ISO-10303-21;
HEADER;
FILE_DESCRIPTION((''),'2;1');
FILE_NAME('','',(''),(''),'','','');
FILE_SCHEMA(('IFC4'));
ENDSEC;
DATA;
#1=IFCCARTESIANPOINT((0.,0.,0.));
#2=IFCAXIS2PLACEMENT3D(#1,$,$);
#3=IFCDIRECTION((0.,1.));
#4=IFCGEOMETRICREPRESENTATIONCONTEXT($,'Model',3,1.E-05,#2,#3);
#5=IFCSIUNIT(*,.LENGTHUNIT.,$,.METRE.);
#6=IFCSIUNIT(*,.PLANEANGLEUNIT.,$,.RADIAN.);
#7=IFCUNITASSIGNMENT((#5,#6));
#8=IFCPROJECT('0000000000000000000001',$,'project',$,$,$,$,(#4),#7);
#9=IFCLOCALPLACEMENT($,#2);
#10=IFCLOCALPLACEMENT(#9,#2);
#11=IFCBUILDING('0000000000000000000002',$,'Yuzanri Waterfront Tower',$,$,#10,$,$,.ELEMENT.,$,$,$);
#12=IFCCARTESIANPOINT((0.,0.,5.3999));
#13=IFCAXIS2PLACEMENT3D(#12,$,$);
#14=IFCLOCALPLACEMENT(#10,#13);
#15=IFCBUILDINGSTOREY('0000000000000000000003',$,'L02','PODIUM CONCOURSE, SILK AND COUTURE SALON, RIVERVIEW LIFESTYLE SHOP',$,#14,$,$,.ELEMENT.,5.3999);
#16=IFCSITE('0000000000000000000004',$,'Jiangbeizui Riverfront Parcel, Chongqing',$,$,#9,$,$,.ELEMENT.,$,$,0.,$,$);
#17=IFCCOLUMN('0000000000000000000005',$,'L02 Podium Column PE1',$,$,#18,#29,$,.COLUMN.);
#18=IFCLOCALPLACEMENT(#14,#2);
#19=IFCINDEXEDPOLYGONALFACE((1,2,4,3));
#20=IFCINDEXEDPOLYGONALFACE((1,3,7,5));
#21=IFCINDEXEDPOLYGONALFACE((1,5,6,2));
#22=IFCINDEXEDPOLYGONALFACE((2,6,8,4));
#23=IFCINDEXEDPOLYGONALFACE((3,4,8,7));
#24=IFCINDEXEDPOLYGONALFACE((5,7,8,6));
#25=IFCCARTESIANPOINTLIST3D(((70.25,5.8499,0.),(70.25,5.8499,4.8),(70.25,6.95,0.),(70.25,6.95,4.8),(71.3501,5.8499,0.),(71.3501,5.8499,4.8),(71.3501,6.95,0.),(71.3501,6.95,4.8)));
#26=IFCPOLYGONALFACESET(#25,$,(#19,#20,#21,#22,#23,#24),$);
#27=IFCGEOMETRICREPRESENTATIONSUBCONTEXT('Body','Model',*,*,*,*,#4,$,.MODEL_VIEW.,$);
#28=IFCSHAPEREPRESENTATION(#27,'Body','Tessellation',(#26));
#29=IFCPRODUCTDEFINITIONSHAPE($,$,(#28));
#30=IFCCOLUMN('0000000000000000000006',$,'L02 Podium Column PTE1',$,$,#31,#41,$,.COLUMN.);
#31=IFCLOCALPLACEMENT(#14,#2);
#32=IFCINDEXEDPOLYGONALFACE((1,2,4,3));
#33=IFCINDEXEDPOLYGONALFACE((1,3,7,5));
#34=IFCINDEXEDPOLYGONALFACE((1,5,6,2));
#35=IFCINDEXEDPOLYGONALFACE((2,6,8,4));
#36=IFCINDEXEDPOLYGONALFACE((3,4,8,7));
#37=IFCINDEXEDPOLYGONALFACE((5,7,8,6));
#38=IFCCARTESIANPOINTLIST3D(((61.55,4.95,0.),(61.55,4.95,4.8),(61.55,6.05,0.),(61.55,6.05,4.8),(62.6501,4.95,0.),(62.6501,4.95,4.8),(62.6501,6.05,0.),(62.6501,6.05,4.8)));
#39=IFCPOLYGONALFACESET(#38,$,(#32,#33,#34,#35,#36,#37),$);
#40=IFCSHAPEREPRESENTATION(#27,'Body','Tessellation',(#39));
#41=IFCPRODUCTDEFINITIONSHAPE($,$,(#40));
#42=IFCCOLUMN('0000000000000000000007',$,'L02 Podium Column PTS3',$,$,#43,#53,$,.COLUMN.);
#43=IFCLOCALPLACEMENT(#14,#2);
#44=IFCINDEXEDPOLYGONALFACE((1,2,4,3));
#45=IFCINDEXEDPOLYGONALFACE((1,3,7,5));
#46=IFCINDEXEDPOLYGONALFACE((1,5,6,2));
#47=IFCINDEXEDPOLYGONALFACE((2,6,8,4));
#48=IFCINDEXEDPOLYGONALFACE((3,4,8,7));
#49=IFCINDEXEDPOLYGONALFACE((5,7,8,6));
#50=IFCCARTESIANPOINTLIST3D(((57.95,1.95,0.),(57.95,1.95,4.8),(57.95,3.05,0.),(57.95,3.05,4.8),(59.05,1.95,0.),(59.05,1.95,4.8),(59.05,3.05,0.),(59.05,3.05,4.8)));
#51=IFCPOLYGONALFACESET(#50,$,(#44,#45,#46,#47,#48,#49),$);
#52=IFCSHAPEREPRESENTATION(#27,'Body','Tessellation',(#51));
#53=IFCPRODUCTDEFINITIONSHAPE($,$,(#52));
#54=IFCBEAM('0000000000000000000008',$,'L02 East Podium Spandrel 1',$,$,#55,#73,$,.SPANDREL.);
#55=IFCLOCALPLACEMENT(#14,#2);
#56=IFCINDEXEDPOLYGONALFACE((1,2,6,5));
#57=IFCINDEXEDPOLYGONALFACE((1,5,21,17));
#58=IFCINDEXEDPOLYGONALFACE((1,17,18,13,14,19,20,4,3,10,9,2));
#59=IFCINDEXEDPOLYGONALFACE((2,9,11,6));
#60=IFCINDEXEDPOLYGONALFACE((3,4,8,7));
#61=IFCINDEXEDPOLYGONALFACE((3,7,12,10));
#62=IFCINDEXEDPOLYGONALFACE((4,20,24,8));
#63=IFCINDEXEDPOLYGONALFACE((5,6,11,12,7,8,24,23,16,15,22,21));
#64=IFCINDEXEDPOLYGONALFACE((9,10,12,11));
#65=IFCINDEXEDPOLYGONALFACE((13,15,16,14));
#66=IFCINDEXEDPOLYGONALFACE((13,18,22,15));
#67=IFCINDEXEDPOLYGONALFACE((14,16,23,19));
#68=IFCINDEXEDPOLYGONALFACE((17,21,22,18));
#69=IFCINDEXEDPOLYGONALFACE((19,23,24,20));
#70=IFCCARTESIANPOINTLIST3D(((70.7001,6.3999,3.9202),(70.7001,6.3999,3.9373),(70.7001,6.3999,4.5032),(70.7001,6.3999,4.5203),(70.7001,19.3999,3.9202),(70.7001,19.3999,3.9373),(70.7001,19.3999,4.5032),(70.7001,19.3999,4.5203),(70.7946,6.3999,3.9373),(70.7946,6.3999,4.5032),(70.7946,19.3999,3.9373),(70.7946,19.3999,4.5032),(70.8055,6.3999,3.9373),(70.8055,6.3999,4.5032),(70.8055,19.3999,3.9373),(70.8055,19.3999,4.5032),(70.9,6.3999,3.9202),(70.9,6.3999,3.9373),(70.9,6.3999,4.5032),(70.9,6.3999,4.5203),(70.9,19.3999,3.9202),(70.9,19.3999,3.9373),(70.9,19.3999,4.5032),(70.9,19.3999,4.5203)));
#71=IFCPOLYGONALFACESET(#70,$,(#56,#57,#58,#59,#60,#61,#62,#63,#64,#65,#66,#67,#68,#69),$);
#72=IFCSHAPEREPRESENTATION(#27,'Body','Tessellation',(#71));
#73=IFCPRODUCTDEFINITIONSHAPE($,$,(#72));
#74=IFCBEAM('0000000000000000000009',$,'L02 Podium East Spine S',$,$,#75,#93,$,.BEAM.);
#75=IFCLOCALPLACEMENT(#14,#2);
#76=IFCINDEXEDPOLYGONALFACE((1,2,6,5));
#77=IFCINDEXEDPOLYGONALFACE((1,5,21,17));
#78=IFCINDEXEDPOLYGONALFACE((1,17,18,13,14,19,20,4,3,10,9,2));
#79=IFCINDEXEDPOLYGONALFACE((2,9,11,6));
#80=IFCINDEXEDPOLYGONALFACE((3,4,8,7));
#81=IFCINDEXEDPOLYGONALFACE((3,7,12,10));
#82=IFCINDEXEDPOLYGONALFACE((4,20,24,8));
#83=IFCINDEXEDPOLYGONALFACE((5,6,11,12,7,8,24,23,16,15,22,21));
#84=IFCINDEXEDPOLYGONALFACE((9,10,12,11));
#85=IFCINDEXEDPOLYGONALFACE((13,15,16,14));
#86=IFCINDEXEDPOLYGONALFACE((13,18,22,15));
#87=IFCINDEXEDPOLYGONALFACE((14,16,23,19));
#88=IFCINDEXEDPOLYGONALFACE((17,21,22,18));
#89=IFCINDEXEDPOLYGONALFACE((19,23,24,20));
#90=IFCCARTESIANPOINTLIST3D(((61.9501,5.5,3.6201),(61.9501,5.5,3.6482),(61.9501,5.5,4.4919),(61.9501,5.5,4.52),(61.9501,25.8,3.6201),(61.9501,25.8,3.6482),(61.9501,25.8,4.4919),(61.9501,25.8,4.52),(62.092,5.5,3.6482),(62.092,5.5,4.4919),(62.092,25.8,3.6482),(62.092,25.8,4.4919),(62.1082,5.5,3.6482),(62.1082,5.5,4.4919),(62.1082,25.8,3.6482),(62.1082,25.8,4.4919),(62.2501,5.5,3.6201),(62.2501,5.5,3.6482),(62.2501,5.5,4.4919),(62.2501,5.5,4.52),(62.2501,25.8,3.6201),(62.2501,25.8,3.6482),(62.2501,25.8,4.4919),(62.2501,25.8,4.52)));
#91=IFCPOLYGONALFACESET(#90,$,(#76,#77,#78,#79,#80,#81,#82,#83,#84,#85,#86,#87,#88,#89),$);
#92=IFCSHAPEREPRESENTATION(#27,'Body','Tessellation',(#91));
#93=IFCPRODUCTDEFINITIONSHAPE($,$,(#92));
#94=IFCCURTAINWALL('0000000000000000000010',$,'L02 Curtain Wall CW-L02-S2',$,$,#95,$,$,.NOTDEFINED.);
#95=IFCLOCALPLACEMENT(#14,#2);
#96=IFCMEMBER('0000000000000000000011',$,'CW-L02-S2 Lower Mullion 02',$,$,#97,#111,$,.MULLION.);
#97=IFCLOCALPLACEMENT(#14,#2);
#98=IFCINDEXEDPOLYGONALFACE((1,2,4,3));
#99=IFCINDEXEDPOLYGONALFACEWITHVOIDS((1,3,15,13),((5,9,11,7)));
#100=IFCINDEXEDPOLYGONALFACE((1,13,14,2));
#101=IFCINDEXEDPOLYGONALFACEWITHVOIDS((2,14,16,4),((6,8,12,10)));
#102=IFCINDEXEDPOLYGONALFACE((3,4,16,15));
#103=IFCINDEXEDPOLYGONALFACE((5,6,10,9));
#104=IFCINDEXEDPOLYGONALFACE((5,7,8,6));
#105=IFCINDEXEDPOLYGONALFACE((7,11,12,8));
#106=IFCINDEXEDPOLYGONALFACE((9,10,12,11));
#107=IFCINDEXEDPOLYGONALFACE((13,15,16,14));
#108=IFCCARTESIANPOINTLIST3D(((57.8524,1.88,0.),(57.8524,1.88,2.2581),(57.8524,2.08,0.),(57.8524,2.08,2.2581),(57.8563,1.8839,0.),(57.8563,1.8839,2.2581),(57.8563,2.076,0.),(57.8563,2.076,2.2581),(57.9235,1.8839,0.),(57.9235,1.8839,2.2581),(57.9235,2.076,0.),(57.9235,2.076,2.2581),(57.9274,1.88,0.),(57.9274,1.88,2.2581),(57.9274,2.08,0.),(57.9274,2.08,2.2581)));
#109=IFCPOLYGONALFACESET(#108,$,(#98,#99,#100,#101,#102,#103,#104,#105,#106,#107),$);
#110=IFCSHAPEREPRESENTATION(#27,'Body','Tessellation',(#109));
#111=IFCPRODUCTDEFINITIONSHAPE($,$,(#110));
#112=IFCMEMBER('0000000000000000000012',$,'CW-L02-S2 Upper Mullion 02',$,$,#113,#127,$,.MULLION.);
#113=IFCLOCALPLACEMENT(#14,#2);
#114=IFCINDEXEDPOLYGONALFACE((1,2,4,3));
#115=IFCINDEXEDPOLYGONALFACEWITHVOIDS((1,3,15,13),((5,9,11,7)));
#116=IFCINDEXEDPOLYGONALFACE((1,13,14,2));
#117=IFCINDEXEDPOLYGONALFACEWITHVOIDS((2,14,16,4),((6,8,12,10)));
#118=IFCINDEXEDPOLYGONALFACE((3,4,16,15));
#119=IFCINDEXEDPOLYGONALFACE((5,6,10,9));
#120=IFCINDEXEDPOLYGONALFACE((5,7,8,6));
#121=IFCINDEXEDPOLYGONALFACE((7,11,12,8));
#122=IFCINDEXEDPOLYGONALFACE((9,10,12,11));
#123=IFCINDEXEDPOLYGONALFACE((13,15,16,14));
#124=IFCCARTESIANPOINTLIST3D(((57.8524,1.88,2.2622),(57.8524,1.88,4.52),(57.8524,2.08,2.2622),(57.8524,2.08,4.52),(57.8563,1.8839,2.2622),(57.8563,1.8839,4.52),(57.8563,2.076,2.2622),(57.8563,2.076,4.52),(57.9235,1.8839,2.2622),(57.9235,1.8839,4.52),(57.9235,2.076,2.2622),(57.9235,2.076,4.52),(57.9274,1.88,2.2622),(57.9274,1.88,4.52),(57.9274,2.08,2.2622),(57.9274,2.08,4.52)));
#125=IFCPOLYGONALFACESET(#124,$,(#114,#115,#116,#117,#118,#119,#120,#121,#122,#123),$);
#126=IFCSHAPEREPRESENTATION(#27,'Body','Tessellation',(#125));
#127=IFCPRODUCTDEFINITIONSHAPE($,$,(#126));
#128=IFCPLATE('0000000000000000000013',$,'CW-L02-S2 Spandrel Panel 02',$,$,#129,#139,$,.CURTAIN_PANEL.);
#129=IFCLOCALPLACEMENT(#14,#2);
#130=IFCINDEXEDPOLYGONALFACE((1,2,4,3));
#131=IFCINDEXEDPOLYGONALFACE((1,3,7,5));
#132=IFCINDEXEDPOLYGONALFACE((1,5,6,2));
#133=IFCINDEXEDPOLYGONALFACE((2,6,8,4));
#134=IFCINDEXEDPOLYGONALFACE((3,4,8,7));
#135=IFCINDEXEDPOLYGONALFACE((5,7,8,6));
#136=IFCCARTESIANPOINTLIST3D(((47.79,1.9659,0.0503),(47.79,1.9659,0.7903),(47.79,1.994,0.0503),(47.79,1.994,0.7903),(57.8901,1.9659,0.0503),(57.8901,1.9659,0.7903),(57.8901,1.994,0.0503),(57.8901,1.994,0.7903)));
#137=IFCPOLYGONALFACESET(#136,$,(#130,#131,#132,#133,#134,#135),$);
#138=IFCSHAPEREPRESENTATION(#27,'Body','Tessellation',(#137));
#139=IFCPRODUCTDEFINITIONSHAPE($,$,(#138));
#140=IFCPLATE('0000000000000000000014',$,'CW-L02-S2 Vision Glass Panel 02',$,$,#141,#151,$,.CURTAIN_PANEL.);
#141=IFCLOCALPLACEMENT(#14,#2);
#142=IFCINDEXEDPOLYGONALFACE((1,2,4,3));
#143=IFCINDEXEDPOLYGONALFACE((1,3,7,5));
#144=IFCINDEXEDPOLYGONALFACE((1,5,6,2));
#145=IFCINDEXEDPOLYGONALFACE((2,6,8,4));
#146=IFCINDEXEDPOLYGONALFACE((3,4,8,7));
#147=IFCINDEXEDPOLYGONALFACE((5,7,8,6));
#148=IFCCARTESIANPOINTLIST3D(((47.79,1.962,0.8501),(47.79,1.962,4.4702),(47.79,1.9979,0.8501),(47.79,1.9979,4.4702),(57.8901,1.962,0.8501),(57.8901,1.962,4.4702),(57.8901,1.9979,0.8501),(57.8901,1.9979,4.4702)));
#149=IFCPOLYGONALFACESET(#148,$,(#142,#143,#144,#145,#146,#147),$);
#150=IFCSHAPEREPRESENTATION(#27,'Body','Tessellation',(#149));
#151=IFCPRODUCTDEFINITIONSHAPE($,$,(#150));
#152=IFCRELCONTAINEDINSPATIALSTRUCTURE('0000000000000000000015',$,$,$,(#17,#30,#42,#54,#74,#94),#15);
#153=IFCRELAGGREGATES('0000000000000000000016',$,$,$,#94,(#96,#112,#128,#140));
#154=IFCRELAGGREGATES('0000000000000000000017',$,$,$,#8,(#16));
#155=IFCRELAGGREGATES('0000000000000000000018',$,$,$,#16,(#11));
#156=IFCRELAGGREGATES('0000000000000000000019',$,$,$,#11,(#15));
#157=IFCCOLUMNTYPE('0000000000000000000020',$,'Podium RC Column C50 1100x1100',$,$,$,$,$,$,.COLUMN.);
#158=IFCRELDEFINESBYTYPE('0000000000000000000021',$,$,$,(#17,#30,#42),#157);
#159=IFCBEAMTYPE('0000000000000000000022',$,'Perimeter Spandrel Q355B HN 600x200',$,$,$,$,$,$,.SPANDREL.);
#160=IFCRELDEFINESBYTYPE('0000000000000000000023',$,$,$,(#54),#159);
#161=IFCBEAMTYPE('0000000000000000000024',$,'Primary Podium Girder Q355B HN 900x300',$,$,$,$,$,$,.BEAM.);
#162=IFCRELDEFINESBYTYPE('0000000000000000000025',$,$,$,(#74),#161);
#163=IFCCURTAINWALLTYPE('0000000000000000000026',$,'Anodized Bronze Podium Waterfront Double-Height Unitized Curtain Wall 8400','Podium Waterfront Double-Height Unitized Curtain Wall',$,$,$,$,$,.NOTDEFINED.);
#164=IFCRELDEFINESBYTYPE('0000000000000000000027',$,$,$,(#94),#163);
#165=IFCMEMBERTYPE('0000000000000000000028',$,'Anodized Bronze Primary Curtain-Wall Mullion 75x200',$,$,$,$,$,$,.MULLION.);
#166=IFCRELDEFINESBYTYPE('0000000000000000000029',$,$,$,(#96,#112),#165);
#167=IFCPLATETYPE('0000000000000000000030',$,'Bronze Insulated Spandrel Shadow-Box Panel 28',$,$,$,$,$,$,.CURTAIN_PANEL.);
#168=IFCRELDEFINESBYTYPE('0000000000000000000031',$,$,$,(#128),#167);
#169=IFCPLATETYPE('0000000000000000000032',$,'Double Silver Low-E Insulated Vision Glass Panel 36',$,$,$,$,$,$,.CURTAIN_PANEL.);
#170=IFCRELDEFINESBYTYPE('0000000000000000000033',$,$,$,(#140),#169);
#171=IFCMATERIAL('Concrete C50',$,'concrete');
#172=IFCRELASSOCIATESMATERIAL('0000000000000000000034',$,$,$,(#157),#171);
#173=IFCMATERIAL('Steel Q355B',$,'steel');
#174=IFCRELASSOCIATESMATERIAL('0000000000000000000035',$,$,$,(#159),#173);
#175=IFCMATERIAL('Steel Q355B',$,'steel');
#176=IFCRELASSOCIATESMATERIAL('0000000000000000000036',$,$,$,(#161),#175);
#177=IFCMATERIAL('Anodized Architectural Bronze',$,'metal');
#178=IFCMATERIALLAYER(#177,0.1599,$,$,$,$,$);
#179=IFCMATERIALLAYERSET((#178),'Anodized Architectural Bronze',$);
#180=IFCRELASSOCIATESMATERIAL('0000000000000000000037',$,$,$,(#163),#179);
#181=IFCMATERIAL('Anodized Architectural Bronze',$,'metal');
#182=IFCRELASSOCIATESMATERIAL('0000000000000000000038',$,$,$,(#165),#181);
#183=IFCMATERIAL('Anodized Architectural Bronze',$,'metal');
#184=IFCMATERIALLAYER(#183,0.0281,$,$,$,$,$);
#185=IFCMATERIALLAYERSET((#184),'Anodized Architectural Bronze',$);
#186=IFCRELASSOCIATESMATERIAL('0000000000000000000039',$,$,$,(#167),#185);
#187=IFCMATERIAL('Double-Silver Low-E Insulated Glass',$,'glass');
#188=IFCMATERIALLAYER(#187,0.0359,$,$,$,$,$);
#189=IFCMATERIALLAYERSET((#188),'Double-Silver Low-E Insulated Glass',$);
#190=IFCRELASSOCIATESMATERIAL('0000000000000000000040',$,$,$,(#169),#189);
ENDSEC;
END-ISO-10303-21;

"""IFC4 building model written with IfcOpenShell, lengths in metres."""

from ifc_helpers import new_model, si_unit, direction, frame, origin, origin_2d, place, context, subcontext, project, spatial, rectangle, hollow_rectangle, i_section, extrude, source, transform, mapped, material, layer, layer_set, material_profile, profile_set, type_object, element, aggregate, save


model = new_model("IFC4")

# Units and contexts
model_context = context("Model", 3, precision=1e-05, world=origin(), true_north=direction((0.0, 1.0)))
body_context = subcontext(model_context, "Body", "Model", "MODEL_VIEW")
ifc_project = project(units=[si_unit("LENGTHUNIT", "METRE"), si_unit("PLANEANGLEUNIT", "RADIAN")], contexts=[model_context])

# Site, building, storey
site_placement = place(None, origin())
site = spatial("IfcSite", under=ifc_project, at=site_placement, Name="Jiangbeizui Riverfront Parcel, Chongqing", CompositionType="ELEMENT", RefElevation=0.0)
building_placement = place(site_placement, origin())
building = spatial("IfcBuilding", under=site, at=building_placement, Name="Yuzanri Waterfront Tower", CompositionType="ELEMENT")
storey_placement = place(building_placement, frame((0.0, 0.0, 5.3999)))
storey = spatial("IfcBuildingStorey", under=building, at=storey_placement, Name="L02", Description="PODIUM CONCOURSE, SILK AND COUTURE SALON, RIVERVIEW LIFESTYLE SHOP", CompositionType="ELEMENT", Elevation=5.3999)

# Columns
ifc_material_1 = material(Name="Concrete C50", Category="concrete")
ifc_material_profile_1 = material_profile(ifc_material_1, rectangle(XDim=1.1001, YDim=1.1001, at=origin_2d()), Name="RC 1100x1100")
ifc_profile_set_1 = profile_set([ifc_material_profile_1], Name="Concrete C50")
column_type = type_object("IfcColumnType", Name="Podium RC Column C50 1100x1100", PredefinedType="COLUMN", material=ifc_profile_set_1)
shared_shape_1 = source(origin(), body_context, "Body", "SweptSolid", [
    extrude(rectangle(XDim=1.1001, YDim=1.1001, at=origin_2d()), origin(), (0.0, 0.0, 1.0), 4.8),
])
for number, where, z_axis, x_axis, name in (
    (1, (70.8, 6.3999, 0.0), (0.0, 0.0, 1.0), (1.0, 0.0, 0.0), "L02 Podium Column PE1"),
    (2, (62.1001, 5.5, 0.0), (0.0, 0.0, 1.0), (1.0, 0.0, 0.0), "L02 Podium Column PTE1"),
    (3, (58.5, 2.5, 0.0), (0.0, 0.0, 1.0), (1.0, 0.0, 0.0), "L02 Podium Column PTS3"),
):
    element("IfcColumn", number, at=place(storey_placement, frame(where, z_axis=z_axis, x_axis=x_axis)), inside=storey, type_object=column_type, Name=name, PredefinedType="COLUMN", context=body_context, shape_type="MappedRepresentation", body=[
        mapped(shared_shape_1, transform((0.0, 0.0, 0.0), scale=1.0)),
    ])

# Beams
ifc_material_2 = material(Name="Steel Q355B", Category="steel")
ifc_material_profile_2 = material_profile(ifc_material_2, i_section(OverallWidth=0.2, OverallDepth=0.6001, WebThickness=0.011, FlangeThickness=0.0171, at=origin_2d()), Name="HN 600x200x11x17")
ifc_profile_set_2 = profile_set([ifc_material_profile_2], Name="Steel Q355B")
beam_type_1 = type_object("IfcBeamType", Name="Perimeter Spandrel Q355B HN 600x200", PredefinedType="SPANDREL", material=ifc_profile_set_2)
shared_shape_2 = source(origin(), body_context, "Body", "SweptSolid", [
    extrude(i_section(OverallWidth=0.2, OverallDepth=0.6001, WebThickness=0.011, FlangeThickness=0.0171, at=origin_2d()), origin(), (0.0, 0.0, 1.0), 13.0),
])
beam_1_placement = place(storey_placement, frame((70.8, 6.3999, 4.2202), z_axis=(0.0, 1.0, 0.0), x_axis=(-1.0, 0.0, 0.0)))
element("IfcBeam", 4, at=beam_1_placement, inside=storey, type_object=beam_type_1, Name="L02 East Podium Spandrel 1", PredefinedType="SPANDREL", context=body_context, shape_type="MappedRepresentation", body=[
    mapped(shared_shape_2, transform((0.0, 0.0, 0.0), scale=1.0)),
])
ifc_material_3 = material(Name="Steel Q355B", Category="steel")
ifc_material_profile_3 = material_profile(ifc_material_3, i_section(OverallWidth=0.3, OverallDepth=0.8999, WebThickness=0.0161, FlangeThickness=0.0281, at=origin_2d()), Name="HN 900x300x16x28")
ifc_profile_set_3 = profile_set([ifc_material_profile_3], Name="Steel Q355B")
beam_type_2 = type_object("IfcBeamType", Name="Primary Podium Girder Q355B HN 900x300", PredefinedType="BEAM", material=ifc_profile_set_3)
shared_shape_3 = source(origin(), body_context, "Body", "SweptSolid", [
    extrude(i_section(OverallWidth=0.3, OverallDepth=0.8999, WebThickness=0.0161, FlangeThickness=0.0281, at=origin_2d()), origin(), (0.0, 0.0, 1.0), 20.3),
])
beam_2_placement = place(storey_placement, frame((62.1001, 5.5, 4.0701), z_axis=(0.0, 1.0, 0.0), x_axis=(-1.0, 0.0, 0.0)))
element("IfcBeam", 5, at=beam_2_placement, inside=storey, type_object=beam_type_2, Name="L02 Podium East Spine S", PredefinedType="BEAM", context=body_context, shape_type="MappedRepresentation", body=[
    mapped(shared_shape_3, transform((0.0, 0.0, 0.0), scale=1.0)),
])

# Curtain wall, members, plates
ifc_material_4 = material(Name="Anodized Architectural Bronze", Category="metal")
ifc_layer_1 = layer(ifc_material_4, 0.1599)
ifc_layer_set_1 = layer_set([ifc_layer_1], Name="Anodized Architectural Bronze")
curtain_wall_type = type_object("IfcCurtainWallType", Name="Anodized Bronze Podium Waterfront Double-Height Unitized Curtain Wall 8400", Description="Podium Waterfront Double-Height Unitized Curtain Wall", PredefinedType="NOTDEFINED", material=ifc_layer_set_1)
curtain_wall_placement = place(storey_placement, origin())
curtain_wall = element("IfcCurtainWall", 6, at=curtain_wall_placement, inside=storey, type_object=curtain_wall_type, Name="L02 Curtain Wall CW-L02-S2", PredefinedType="NOTDEFINED")
ifc_material_5 = material(Name="Anodized Architectural Bronze", Category="metal")
ifc_material_profile_4 = material_profile(ifc_material_5, hollow_rectangle(XDim=0.075, YDim=0.2, WallThickness=0.0039, at=origin_2d()), Name="CWM 75x200")
ifc_profile_set_4 = profile_set([ifc_material_profile_4], Name="Anodized Architectural Bronze")
member_type = type_object("IfcMemberType", Name="Anodized Bronze Primary Curtain-Wall Mullion 75x200", PredefinedType="MULLION", material=ifc_profile_set_4)
shared_shape_4 = source(origin(), body_context, "Body", "SweptSolid", [
    extrude(hollow_rectangle(XDim=0.075, YDim=0.2, WallThickness=0.0039, at=origin_2d()), origin(), (0.0, 0.0, 1.0), 2.2581),
])
member_1_placement = place(storey_placement, frame((57.8899, 1.98, 0.0), z_axis=(0.0, 0.0, 1.0), x_axis=(1.0, 0.0, 0.0)))
member_1 = element("IfcMember", 7, at=member_1_placement, type_object=member_type, Name="CW-L02-S2 Lower Mullion 02", PredefinedType="MULLION", context=body_context, shape_type="MappedRepresentation", body=[
    mapped(shared_shape_4, transform((0.0, 0.0, 0.0), scale=1.0)),
])
shared_shape_5 = source(origin(), body_context, "Body", "SweptSolid", [
    extrude(hollow_rectangle(XDim=0.075, YDim=0.2, WallThickness=0.0039, at=origin_2d()), origin(), (0.0, 0.0, 1.0), 2.2578),
])
member_2_placement = place(storey_placement, frame((57.8899, 1.98, 2.2622), z_axis=(0.0, 0.0, 1.0), x_axis=(1.0, 0.0, 0.0)))
member_2 = element("IfcMember", 8, at=member_2_placement, type_object=member_type, Name="CW-L02-S2 Upper Mullion 02", PredefinedType="MULLION", context=body_context, shape_type="MappedRepresentation", body=[
    mapped(shared_shape_5, transform((0.0, 0.0, 0.0), scale=1.0)),
])
ifc_material_6 = material(Name="Anodized Architectural Bronze", Category="metal")
ifc_layer_2 = layer(ifc_material_6, 0.0281)
ifc_layer_set_2 = layer_set([ifc_layer_2], Name="Anodized Architectural Bronze")
plate_type_1 = type_object("IfcPlateType", Name="Bronze Insulated Spandrel Shadow-Box Panel 28", PredefinedType="CURTAIN_PANEL", material=ifc_layer_set_2)
shared_shape_6 = source(origin(), body_context, "Body", "SweptSolid", [
    extrude(rectangle(XDim=10.1001, YDim=0.0281, at=origin_2d()), origin(), (0.0, 0.0, 1.0), 0.74),
])
plate_1_placement = place(storey_placement, frame((52.8401, 1.98, 0.0503), z_axis=(0.0, 0.0, 1.0), x_axis=(1.0, 0.0, 0.0)))
plate_1 = element("IfcPlate", 9, at=plate_1_placement, type_object=plate_type_1, Name="CW-L02-S2 Spandrel Panel 02", PredefinedType="CURTAIN_PANEL", context=body_context, shape_type="MappedRepresentation", body=[
    mapped(shared_shape_6, transform((0.0, 0.0, 0.0), scale=1.0)),
])
ifc_material_7 = material(Name="Double-Silver Low-E Insulated Glass", Category="glass")
ifc_layer_3 = layer(ifc_material_7, 0.0359)
ifc_layer_set_3 = layer_set([ifc_layer_3], Name="Double-Silver Low-E Insulated Glass")
plate_type_2 = type_object("IfcPlateType", Name="Double Silver Low-E Insulated Vision Glass Panel 36", PredefinedType="CURTAIN_PANEL", material=ifc_layer_set_3)
shared_shape_7 = source(origin(), body_context, "Body", "SweptSolid", [
    extrude(rectangle(XDim=10.1001, YDim=0.0359, at=origin_2d()), origin(), (0.0, 0.0, 1.0), 3.6201),
])
plate_2_placement = place(storey_placement, frame((52.8401, 1.98, 0.8501), z_axis=(0.0, 0.0, 1.0), x_axis=(1.0, 0.0, 0.0)))
plate_2 = element("IfcPlate", 10, at=plate_2_placement, type_object=plate_type_2, Name="CW-L02-S2 Vision Glass Panel 02", PredefinedType="CURTAIN_PANEL", context=body_context, shape_type="MappedRepresentation", body=[
    mapped(shared_shape_7, transform((0.0, 0.0, 0.0), scale=1.0)),
])
aggregate(curtain_wall, [member_1, member_2, plate_1, plate_2])

save(model, "model.ifc")
